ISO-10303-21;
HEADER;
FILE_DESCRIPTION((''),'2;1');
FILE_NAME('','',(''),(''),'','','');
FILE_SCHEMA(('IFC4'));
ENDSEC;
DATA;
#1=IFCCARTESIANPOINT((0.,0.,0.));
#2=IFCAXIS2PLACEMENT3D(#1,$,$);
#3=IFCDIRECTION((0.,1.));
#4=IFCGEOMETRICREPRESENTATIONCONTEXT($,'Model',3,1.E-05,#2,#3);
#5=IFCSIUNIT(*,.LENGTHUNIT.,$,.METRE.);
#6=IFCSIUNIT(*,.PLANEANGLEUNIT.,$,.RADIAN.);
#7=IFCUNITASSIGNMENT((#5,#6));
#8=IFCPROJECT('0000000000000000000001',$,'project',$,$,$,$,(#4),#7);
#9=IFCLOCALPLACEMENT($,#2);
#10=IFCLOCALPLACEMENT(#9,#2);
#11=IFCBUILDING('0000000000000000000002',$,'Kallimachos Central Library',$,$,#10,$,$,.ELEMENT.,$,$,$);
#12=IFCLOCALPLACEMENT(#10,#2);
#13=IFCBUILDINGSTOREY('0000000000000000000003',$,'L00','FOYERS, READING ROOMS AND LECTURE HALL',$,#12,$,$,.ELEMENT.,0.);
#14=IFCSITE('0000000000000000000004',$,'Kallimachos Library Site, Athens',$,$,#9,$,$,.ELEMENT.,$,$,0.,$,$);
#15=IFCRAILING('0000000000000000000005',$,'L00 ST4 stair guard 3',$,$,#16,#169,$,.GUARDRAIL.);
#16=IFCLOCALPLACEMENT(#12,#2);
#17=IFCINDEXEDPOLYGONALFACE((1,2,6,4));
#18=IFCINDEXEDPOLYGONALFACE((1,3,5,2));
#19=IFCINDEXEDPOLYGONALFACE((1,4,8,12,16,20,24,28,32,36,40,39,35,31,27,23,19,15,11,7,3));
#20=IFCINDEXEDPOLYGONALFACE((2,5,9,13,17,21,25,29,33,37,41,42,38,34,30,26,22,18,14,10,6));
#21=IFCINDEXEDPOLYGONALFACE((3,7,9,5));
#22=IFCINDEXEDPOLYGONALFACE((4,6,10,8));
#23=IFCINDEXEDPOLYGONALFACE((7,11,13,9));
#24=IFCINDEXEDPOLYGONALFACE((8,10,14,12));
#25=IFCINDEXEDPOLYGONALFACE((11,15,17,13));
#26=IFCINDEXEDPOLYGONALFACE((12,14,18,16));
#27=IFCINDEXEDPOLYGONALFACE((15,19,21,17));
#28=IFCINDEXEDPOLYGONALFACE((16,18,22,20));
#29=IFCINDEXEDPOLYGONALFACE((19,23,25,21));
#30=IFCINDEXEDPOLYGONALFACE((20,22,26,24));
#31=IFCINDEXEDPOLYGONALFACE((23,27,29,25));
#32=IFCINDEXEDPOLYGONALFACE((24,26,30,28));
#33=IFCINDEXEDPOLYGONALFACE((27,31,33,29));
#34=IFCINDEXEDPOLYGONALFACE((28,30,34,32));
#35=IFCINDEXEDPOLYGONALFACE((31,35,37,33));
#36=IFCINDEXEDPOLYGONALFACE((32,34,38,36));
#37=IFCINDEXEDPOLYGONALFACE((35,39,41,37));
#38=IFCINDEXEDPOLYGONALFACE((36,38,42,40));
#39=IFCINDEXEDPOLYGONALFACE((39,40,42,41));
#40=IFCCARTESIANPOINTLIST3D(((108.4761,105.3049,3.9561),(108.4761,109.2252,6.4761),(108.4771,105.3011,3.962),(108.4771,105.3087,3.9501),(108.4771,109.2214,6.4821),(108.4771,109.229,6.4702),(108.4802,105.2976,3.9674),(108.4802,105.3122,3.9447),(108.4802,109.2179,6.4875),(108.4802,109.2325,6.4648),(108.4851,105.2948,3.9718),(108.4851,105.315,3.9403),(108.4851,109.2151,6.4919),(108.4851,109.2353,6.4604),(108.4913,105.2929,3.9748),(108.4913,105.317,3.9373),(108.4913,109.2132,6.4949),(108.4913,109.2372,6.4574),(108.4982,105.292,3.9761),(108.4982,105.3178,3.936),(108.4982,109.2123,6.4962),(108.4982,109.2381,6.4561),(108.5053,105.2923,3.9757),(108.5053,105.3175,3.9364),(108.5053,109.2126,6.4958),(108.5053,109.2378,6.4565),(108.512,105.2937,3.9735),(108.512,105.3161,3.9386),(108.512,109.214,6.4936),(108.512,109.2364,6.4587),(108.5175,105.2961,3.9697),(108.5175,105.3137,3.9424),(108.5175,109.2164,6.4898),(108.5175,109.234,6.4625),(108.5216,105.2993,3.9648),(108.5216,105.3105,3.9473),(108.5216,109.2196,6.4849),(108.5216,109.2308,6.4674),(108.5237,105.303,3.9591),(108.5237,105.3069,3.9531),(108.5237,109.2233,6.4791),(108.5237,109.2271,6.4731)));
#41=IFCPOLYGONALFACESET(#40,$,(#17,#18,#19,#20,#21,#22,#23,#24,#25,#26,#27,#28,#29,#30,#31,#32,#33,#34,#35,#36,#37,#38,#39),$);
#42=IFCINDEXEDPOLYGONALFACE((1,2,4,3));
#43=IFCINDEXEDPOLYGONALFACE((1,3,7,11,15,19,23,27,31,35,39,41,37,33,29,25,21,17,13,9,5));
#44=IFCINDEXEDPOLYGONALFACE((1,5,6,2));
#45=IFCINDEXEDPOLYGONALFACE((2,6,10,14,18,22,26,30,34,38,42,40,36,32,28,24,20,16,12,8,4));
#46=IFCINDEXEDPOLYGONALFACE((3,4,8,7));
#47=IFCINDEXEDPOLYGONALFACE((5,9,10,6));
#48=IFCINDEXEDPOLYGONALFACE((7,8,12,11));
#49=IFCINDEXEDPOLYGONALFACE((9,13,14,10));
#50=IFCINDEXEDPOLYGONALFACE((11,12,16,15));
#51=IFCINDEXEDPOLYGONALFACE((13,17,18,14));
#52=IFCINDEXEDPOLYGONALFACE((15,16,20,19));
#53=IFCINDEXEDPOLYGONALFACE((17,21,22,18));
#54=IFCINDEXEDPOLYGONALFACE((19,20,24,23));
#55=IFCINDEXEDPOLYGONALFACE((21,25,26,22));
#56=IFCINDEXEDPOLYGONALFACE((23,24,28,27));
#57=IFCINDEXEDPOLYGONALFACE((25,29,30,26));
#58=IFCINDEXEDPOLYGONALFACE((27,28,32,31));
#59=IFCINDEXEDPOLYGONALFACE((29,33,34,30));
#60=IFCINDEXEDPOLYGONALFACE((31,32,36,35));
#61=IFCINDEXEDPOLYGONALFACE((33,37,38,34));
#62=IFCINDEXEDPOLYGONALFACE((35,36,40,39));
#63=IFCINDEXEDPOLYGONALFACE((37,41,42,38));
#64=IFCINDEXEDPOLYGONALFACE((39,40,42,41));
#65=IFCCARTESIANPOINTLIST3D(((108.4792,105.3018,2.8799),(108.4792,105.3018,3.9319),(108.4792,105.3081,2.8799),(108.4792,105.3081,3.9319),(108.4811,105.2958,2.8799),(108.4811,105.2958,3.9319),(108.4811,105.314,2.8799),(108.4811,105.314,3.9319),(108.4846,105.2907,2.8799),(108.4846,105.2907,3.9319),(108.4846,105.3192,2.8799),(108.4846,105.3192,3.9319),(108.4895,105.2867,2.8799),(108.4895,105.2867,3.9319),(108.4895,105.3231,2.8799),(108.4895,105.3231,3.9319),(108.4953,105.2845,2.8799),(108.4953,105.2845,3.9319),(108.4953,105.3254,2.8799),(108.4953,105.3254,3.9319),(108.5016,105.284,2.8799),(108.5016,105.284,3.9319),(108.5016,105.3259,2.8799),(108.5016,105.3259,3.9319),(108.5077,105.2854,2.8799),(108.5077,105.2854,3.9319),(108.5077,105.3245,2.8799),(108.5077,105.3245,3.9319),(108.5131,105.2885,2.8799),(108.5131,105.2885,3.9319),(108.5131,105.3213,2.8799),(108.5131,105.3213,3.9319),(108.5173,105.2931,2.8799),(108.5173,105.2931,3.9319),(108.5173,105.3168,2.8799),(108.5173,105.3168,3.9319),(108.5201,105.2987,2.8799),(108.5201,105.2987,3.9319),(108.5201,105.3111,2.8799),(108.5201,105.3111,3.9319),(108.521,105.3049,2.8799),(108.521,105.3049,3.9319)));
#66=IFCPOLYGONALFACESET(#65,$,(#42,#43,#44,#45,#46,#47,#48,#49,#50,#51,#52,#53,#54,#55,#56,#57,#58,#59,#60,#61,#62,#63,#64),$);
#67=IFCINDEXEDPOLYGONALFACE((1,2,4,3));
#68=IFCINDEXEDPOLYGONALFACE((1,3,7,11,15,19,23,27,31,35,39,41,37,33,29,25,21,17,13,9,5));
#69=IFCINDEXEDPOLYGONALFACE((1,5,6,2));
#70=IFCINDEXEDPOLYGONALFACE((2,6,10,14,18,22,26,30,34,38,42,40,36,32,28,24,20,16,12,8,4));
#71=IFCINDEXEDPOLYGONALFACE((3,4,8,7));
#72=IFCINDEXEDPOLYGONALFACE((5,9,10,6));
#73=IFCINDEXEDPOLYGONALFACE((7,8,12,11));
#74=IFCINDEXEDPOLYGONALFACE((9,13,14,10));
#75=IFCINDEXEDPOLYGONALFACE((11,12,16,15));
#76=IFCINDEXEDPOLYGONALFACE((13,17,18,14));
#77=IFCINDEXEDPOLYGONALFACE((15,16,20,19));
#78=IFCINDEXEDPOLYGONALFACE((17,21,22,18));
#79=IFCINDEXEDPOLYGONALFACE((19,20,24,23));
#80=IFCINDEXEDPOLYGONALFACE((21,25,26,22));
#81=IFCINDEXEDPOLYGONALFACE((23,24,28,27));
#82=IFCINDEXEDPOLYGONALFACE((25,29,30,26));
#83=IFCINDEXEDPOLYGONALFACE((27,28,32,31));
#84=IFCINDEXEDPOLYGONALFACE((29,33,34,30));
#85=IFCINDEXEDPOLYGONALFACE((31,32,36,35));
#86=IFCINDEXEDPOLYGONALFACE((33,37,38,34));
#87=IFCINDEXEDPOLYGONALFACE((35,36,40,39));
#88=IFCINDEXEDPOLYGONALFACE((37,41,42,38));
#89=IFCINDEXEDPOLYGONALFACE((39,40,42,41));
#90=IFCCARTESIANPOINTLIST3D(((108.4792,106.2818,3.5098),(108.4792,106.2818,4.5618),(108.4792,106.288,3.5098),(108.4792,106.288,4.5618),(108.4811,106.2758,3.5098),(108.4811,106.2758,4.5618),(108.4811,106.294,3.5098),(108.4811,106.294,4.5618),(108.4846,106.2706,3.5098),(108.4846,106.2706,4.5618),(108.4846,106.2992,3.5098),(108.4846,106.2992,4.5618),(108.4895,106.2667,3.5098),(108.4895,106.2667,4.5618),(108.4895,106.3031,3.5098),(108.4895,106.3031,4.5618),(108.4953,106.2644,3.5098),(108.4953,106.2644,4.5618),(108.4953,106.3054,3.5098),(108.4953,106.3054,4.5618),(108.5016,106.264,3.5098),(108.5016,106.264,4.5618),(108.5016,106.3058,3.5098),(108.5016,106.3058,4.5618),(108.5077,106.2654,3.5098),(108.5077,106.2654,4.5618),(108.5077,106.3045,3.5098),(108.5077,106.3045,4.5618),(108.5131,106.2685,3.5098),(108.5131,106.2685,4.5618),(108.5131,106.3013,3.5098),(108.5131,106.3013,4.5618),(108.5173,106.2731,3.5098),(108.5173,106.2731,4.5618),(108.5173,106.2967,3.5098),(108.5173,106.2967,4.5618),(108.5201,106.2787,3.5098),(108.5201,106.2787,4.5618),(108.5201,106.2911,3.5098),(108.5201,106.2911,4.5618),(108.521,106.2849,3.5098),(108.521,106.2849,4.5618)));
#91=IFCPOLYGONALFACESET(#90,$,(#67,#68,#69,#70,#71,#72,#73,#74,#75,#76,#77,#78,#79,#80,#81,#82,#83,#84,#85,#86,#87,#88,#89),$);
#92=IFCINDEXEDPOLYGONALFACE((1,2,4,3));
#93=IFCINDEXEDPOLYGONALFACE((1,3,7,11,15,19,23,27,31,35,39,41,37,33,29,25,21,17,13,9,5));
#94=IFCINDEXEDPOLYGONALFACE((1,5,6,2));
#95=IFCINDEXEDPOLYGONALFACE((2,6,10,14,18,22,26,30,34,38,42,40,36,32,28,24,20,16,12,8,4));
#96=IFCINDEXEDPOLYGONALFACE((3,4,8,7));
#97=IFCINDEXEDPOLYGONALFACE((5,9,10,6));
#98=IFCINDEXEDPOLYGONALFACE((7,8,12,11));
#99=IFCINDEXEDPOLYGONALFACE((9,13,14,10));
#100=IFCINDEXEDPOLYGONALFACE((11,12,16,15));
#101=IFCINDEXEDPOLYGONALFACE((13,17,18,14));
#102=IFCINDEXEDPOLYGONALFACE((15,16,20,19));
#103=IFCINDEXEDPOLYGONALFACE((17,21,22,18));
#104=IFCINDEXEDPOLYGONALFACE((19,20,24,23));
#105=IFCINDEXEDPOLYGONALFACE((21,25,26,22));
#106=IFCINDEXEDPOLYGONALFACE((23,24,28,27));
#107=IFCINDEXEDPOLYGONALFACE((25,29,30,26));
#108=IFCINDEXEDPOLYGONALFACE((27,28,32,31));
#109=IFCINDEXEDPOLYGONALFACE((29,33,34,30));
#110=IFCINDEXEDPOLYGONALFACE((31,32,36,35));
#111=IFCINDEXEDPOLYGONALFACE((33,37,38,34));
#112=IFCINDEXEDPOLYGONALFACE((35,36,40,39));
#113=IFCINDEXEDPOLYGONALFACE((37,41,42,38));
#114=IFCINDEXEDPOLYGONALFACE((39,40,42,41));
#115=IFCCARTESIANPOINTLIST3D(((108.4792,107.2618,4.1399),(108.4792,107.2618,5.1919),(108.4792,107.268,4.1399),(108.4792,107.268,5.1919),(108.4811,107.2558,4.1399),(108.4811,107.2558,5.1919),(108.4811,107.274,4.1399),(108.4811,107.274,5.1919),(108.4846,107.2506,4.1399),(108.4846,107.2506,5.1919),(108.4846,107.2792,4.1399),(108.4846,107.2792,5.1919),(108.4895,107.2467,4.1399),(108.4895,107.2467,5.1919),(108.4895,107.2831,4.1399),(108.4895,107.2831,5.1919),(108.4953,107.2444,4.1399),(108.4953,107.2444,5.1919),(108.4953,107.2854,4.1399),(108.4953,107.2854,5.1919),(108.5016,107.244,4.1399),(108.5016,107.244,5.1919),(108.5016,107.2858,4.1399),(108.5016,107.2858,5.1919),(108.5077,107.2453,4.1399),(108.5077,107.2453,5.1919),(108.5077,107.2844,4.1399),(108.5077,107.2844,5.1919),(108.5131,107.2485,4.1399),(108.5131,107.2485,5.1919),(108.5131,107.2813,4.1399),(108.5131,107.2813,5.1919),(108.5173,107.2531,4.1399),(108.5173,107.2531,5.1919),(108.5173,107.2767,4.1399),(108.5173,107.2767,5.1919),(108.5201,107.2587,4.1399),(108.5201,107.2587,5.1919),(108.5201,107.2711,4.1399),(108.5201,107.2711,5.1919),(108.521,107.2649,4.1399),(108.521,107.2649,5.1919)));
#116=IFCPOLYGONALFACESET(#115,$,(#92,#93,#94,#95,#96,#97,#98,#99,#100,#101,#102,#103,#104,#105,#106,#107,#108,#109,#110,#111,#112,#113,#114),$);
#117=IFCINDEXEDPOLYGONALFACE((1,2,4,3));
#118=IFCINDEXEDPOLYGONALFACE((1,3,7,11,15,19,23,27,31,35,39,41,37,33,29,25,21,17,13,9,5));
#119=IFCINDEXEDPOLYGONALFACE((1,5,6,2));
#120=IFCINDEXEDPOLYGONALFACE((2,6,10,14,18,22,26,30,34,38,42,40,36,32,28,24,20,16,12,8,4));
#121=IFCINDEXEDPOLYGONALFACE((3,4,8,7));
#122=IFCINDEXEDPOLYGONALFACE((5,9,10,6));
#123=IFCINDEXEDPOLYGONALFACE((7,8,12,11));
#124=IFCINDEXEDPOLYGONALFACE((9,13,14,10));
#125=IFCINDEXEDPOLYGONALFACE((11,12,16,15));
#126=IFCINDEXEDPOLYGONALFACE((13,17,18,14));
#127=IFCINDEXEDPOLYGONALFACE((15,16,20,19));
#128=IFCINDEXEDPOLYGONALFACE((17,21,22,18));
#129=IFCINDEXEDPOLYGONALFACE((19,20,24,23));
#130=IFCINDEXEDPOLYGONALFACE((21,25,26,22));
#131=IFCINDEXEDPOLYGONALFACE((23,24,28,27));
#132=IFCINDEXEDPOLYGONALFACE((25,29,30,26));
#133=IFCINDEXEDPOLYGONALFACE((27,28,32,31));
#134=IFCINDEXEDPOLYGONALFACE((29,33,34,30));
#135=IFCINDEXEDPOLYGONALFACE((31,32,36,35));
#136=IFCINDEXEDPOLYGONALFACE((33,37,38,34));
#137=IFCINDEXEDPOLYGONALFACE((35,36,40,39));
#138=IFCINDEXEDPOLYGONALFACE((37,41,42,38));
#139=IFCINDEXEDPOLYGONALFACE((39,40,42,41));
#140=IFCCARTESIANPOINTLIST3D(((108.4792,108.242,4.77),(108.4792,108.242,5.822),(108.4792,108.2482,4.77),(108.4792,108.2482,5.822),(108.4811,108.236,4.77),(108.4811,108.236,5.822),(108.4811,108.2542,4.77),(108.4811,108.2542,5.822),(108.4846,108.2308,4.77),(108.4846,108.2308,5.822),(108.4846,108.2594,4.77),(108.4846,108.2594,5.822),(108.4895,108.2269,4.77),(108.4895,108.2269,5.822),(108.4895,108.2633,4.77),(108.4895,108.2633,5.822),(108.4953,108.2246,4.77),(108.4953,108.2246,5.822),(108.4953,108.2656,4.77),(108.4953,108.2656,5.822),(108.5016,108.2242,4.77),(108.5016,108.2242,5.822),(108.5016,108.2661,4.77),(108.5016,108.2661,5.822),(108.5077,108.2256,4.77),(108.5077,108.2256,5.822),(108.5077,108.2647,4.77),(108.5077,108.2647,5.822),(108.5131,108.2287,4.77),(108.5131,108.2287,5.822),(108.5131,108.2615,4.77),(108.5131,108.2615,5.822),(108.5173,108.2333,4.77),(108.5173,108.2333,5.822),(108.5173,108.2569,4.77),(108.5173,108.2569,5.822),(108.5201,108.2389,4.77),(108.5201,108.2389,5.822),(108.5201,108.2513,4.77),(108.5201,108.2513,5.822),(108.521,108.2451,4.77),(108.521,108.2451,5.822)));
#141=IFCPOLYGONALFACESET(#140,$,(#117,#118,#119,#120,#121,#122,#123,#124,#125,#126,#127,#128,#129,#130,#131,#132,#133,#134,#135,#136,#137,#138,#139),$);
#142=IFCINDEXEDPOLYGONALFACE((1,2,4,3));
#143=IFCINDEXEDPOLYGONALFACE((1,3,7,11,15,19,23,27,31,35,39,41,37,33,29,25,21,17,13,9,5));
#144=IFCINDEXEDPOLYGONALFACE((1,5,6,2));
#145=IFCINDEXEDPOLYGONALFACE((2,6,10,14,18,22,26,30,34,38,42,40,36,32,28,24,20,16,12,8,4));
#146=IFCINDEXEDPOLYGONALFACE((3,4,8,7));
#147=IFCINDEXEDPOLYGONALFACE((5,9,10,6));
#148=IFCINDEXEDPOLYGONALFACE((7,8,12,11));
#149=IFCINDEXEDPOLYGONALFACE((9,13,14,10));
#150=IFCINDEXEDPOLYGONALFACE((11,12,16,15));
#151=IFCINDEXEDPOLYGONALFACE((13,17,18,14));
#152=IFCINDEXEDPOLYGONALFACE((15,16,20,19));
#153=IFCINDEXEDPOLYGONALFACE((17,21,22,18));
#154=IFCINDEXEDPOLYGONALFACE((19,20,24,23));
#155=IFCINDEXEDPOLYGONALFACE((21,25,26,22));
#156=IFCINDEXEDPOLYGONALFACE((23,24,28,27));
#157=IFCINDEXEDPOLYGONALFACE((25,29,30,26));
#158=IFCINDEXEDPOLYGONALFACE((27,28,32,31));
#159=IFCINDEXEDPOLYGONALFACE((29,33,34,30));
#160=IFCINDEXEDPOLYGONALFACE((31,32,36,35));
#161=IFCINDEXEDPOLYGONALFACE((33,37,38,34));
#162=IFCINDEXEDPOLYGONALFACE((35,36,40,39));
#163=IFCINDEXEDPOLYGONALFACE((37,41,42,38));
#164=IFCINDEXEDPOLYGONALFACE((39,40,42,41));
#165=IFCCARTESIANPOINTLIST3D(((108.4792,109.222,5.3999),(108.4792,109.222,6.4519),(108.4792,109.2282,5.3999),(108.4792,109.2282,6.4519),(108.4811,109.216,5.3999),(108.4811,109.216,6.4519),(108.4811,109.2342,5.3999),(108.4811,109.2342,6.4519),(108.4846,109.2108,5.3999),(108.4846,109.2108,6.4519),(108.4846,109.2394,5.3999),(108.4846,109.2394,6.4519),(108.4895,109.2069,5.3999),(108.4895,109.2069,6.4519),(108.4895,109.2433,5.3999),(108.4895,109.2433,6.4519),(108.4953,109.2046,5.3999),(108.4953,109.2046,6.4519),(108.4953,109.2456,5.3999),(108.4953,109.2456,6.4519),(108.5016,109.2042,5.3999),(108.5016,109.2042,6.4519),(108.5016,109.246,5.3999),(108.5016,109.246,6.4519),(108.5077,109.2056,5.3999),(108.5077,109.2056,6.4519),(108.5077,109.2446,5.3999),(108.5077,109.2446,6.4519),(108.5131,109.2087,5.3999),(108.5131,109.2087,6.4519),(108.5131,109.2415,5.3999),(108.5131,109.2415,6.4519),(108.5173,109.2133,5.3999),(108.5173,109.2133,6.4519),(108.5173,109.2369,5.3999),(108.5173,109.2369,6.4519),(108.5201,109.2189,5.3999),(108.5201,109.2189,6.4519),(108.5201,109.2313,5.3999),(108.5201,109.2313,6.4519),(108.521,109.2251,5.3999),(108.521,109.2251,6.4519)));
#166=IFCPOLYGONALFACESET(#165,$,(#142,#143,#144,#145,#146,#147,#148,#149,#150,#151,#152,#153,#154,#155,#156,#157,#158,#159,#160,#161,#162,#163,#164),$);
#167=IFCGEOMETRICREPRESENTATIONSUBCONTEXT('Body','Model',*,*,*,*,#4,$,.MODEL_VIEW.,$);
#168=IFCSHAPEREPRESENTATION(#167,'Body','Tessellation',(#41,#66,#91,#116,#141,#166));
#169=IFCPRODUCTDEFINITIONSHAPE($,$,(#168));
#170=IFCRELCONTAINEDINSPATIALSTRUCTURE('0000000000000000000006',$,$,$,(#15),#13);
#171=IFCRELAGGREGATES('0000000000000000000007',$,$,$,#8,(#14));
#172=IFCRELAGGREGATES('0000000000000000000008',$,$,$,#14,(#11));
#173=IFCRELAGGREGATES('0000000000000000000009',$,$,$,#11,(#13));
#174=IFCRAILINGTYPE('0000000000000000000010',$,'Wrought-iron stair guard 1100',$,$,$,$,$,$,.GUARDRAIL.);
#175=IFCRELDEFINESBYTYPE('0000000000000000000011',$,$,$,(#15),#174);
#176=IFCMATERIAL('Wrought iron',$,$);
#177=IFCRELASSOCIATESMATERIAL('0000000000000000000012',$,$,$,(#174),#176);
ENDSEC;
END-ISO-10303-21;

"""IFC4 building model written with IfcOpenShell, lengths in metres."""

from ifc_helpers import new_model, si_unit, direction, frame, origin, origin_2d, place, context, subcontext, project, spatial, circle, extrude, material, type_object, element, save


model = new_model("IFC4")

# Units and contexts
model_context = context("Model", 3, precision=1e-05, world=origin(), true_north=direction((0.0, 1.0)))
body_context = subcontext(model_context, "Body", "Model", "MODEL_VIEW")
ifc_project = project(units=[si_unit("LENGTHUNIT", "METRE"), si_unit("PLANEANGLEUNIT", "RADIAN")], contexts=[model_context])

# Site, building, storey
site_placement = place(None, origin())
site = spatial("IfcSite", under=ifc_project, at=site_placement, Name="Kallimachos Library Site, Athens", CompositionType="ELEMENT", RefElevation=0.0)
building_placement = place(site_placement, origin())
building = spatial("IfcBuilding", under=site, at=building_placement, Name="Kallimachos Central Library", CompositionType="ELEMENT")
storey_placement = place(building_placement, origin())
storey = spatial("IfcBuildingStorey", under=building, at=storey_placement, Name="L00", Description="FOYERS, READING ROOMS AND LECTURE HALL", CompositionType="ELEMENT", Elevation=0.0)

# Railing
ifc_material_1 = material(Name="Wrought iron")
railing_type_1 = type_object("IfcRailingType", Name="Wrought-iron stair guard 1100", PredefinedType="GUARDRAIL", material=ifc_material_1)
railing_1_placement = place(storey_placement, frame((108.5, 105.3049, 2.8799)))
element("IfcRailing", 1, at=railing_1_placement, inside=storey, type_object=railing_type_1, Name="L00 ST4 stair guard 3", PredefinedType="GUARDRAIL", context=body_context, shape_type="SweptSolid", body=[
    extrude(circle(Radius=0.0239, at=origin_2d()), frame((0.0, 0.0, 1.0762), z_axis=(0.0, 0.841187, 0.540744), x_axis=(-1.0, 0.0, 0.0)), (0.0, 0.0, 1.0), 4.6604),
    extrude(circle(Radius=0.021, at=origin_2d()), origin(), (0.0, 0.0, 1.0), 1.052),
    extrude(circle(Radius=0.021, at=origin_2d()), frame((0.0, 0.98, 0.6299)), (0.0, 0.0, 1.0), 1.052),
    extrude(circle(Radius=0.021, at=origin_2d()), frame((0.0, 1.96, 1.26)), (0.0, 0.0, 1.0), 1.052),
    extrude(circle(Radius=0.021, at=origin_2d()), frame((0.0, 2.9402, 1.8901)), (0.0, 0.0, 1.0), 1.052),
    extrude(circle(Radius=0.021, at=origin_2d()), frame((0.0, 3.9202, 2.52)), (0.0, 0.0, 1.0), 1.052),
])

save(model, "model.ifc")
